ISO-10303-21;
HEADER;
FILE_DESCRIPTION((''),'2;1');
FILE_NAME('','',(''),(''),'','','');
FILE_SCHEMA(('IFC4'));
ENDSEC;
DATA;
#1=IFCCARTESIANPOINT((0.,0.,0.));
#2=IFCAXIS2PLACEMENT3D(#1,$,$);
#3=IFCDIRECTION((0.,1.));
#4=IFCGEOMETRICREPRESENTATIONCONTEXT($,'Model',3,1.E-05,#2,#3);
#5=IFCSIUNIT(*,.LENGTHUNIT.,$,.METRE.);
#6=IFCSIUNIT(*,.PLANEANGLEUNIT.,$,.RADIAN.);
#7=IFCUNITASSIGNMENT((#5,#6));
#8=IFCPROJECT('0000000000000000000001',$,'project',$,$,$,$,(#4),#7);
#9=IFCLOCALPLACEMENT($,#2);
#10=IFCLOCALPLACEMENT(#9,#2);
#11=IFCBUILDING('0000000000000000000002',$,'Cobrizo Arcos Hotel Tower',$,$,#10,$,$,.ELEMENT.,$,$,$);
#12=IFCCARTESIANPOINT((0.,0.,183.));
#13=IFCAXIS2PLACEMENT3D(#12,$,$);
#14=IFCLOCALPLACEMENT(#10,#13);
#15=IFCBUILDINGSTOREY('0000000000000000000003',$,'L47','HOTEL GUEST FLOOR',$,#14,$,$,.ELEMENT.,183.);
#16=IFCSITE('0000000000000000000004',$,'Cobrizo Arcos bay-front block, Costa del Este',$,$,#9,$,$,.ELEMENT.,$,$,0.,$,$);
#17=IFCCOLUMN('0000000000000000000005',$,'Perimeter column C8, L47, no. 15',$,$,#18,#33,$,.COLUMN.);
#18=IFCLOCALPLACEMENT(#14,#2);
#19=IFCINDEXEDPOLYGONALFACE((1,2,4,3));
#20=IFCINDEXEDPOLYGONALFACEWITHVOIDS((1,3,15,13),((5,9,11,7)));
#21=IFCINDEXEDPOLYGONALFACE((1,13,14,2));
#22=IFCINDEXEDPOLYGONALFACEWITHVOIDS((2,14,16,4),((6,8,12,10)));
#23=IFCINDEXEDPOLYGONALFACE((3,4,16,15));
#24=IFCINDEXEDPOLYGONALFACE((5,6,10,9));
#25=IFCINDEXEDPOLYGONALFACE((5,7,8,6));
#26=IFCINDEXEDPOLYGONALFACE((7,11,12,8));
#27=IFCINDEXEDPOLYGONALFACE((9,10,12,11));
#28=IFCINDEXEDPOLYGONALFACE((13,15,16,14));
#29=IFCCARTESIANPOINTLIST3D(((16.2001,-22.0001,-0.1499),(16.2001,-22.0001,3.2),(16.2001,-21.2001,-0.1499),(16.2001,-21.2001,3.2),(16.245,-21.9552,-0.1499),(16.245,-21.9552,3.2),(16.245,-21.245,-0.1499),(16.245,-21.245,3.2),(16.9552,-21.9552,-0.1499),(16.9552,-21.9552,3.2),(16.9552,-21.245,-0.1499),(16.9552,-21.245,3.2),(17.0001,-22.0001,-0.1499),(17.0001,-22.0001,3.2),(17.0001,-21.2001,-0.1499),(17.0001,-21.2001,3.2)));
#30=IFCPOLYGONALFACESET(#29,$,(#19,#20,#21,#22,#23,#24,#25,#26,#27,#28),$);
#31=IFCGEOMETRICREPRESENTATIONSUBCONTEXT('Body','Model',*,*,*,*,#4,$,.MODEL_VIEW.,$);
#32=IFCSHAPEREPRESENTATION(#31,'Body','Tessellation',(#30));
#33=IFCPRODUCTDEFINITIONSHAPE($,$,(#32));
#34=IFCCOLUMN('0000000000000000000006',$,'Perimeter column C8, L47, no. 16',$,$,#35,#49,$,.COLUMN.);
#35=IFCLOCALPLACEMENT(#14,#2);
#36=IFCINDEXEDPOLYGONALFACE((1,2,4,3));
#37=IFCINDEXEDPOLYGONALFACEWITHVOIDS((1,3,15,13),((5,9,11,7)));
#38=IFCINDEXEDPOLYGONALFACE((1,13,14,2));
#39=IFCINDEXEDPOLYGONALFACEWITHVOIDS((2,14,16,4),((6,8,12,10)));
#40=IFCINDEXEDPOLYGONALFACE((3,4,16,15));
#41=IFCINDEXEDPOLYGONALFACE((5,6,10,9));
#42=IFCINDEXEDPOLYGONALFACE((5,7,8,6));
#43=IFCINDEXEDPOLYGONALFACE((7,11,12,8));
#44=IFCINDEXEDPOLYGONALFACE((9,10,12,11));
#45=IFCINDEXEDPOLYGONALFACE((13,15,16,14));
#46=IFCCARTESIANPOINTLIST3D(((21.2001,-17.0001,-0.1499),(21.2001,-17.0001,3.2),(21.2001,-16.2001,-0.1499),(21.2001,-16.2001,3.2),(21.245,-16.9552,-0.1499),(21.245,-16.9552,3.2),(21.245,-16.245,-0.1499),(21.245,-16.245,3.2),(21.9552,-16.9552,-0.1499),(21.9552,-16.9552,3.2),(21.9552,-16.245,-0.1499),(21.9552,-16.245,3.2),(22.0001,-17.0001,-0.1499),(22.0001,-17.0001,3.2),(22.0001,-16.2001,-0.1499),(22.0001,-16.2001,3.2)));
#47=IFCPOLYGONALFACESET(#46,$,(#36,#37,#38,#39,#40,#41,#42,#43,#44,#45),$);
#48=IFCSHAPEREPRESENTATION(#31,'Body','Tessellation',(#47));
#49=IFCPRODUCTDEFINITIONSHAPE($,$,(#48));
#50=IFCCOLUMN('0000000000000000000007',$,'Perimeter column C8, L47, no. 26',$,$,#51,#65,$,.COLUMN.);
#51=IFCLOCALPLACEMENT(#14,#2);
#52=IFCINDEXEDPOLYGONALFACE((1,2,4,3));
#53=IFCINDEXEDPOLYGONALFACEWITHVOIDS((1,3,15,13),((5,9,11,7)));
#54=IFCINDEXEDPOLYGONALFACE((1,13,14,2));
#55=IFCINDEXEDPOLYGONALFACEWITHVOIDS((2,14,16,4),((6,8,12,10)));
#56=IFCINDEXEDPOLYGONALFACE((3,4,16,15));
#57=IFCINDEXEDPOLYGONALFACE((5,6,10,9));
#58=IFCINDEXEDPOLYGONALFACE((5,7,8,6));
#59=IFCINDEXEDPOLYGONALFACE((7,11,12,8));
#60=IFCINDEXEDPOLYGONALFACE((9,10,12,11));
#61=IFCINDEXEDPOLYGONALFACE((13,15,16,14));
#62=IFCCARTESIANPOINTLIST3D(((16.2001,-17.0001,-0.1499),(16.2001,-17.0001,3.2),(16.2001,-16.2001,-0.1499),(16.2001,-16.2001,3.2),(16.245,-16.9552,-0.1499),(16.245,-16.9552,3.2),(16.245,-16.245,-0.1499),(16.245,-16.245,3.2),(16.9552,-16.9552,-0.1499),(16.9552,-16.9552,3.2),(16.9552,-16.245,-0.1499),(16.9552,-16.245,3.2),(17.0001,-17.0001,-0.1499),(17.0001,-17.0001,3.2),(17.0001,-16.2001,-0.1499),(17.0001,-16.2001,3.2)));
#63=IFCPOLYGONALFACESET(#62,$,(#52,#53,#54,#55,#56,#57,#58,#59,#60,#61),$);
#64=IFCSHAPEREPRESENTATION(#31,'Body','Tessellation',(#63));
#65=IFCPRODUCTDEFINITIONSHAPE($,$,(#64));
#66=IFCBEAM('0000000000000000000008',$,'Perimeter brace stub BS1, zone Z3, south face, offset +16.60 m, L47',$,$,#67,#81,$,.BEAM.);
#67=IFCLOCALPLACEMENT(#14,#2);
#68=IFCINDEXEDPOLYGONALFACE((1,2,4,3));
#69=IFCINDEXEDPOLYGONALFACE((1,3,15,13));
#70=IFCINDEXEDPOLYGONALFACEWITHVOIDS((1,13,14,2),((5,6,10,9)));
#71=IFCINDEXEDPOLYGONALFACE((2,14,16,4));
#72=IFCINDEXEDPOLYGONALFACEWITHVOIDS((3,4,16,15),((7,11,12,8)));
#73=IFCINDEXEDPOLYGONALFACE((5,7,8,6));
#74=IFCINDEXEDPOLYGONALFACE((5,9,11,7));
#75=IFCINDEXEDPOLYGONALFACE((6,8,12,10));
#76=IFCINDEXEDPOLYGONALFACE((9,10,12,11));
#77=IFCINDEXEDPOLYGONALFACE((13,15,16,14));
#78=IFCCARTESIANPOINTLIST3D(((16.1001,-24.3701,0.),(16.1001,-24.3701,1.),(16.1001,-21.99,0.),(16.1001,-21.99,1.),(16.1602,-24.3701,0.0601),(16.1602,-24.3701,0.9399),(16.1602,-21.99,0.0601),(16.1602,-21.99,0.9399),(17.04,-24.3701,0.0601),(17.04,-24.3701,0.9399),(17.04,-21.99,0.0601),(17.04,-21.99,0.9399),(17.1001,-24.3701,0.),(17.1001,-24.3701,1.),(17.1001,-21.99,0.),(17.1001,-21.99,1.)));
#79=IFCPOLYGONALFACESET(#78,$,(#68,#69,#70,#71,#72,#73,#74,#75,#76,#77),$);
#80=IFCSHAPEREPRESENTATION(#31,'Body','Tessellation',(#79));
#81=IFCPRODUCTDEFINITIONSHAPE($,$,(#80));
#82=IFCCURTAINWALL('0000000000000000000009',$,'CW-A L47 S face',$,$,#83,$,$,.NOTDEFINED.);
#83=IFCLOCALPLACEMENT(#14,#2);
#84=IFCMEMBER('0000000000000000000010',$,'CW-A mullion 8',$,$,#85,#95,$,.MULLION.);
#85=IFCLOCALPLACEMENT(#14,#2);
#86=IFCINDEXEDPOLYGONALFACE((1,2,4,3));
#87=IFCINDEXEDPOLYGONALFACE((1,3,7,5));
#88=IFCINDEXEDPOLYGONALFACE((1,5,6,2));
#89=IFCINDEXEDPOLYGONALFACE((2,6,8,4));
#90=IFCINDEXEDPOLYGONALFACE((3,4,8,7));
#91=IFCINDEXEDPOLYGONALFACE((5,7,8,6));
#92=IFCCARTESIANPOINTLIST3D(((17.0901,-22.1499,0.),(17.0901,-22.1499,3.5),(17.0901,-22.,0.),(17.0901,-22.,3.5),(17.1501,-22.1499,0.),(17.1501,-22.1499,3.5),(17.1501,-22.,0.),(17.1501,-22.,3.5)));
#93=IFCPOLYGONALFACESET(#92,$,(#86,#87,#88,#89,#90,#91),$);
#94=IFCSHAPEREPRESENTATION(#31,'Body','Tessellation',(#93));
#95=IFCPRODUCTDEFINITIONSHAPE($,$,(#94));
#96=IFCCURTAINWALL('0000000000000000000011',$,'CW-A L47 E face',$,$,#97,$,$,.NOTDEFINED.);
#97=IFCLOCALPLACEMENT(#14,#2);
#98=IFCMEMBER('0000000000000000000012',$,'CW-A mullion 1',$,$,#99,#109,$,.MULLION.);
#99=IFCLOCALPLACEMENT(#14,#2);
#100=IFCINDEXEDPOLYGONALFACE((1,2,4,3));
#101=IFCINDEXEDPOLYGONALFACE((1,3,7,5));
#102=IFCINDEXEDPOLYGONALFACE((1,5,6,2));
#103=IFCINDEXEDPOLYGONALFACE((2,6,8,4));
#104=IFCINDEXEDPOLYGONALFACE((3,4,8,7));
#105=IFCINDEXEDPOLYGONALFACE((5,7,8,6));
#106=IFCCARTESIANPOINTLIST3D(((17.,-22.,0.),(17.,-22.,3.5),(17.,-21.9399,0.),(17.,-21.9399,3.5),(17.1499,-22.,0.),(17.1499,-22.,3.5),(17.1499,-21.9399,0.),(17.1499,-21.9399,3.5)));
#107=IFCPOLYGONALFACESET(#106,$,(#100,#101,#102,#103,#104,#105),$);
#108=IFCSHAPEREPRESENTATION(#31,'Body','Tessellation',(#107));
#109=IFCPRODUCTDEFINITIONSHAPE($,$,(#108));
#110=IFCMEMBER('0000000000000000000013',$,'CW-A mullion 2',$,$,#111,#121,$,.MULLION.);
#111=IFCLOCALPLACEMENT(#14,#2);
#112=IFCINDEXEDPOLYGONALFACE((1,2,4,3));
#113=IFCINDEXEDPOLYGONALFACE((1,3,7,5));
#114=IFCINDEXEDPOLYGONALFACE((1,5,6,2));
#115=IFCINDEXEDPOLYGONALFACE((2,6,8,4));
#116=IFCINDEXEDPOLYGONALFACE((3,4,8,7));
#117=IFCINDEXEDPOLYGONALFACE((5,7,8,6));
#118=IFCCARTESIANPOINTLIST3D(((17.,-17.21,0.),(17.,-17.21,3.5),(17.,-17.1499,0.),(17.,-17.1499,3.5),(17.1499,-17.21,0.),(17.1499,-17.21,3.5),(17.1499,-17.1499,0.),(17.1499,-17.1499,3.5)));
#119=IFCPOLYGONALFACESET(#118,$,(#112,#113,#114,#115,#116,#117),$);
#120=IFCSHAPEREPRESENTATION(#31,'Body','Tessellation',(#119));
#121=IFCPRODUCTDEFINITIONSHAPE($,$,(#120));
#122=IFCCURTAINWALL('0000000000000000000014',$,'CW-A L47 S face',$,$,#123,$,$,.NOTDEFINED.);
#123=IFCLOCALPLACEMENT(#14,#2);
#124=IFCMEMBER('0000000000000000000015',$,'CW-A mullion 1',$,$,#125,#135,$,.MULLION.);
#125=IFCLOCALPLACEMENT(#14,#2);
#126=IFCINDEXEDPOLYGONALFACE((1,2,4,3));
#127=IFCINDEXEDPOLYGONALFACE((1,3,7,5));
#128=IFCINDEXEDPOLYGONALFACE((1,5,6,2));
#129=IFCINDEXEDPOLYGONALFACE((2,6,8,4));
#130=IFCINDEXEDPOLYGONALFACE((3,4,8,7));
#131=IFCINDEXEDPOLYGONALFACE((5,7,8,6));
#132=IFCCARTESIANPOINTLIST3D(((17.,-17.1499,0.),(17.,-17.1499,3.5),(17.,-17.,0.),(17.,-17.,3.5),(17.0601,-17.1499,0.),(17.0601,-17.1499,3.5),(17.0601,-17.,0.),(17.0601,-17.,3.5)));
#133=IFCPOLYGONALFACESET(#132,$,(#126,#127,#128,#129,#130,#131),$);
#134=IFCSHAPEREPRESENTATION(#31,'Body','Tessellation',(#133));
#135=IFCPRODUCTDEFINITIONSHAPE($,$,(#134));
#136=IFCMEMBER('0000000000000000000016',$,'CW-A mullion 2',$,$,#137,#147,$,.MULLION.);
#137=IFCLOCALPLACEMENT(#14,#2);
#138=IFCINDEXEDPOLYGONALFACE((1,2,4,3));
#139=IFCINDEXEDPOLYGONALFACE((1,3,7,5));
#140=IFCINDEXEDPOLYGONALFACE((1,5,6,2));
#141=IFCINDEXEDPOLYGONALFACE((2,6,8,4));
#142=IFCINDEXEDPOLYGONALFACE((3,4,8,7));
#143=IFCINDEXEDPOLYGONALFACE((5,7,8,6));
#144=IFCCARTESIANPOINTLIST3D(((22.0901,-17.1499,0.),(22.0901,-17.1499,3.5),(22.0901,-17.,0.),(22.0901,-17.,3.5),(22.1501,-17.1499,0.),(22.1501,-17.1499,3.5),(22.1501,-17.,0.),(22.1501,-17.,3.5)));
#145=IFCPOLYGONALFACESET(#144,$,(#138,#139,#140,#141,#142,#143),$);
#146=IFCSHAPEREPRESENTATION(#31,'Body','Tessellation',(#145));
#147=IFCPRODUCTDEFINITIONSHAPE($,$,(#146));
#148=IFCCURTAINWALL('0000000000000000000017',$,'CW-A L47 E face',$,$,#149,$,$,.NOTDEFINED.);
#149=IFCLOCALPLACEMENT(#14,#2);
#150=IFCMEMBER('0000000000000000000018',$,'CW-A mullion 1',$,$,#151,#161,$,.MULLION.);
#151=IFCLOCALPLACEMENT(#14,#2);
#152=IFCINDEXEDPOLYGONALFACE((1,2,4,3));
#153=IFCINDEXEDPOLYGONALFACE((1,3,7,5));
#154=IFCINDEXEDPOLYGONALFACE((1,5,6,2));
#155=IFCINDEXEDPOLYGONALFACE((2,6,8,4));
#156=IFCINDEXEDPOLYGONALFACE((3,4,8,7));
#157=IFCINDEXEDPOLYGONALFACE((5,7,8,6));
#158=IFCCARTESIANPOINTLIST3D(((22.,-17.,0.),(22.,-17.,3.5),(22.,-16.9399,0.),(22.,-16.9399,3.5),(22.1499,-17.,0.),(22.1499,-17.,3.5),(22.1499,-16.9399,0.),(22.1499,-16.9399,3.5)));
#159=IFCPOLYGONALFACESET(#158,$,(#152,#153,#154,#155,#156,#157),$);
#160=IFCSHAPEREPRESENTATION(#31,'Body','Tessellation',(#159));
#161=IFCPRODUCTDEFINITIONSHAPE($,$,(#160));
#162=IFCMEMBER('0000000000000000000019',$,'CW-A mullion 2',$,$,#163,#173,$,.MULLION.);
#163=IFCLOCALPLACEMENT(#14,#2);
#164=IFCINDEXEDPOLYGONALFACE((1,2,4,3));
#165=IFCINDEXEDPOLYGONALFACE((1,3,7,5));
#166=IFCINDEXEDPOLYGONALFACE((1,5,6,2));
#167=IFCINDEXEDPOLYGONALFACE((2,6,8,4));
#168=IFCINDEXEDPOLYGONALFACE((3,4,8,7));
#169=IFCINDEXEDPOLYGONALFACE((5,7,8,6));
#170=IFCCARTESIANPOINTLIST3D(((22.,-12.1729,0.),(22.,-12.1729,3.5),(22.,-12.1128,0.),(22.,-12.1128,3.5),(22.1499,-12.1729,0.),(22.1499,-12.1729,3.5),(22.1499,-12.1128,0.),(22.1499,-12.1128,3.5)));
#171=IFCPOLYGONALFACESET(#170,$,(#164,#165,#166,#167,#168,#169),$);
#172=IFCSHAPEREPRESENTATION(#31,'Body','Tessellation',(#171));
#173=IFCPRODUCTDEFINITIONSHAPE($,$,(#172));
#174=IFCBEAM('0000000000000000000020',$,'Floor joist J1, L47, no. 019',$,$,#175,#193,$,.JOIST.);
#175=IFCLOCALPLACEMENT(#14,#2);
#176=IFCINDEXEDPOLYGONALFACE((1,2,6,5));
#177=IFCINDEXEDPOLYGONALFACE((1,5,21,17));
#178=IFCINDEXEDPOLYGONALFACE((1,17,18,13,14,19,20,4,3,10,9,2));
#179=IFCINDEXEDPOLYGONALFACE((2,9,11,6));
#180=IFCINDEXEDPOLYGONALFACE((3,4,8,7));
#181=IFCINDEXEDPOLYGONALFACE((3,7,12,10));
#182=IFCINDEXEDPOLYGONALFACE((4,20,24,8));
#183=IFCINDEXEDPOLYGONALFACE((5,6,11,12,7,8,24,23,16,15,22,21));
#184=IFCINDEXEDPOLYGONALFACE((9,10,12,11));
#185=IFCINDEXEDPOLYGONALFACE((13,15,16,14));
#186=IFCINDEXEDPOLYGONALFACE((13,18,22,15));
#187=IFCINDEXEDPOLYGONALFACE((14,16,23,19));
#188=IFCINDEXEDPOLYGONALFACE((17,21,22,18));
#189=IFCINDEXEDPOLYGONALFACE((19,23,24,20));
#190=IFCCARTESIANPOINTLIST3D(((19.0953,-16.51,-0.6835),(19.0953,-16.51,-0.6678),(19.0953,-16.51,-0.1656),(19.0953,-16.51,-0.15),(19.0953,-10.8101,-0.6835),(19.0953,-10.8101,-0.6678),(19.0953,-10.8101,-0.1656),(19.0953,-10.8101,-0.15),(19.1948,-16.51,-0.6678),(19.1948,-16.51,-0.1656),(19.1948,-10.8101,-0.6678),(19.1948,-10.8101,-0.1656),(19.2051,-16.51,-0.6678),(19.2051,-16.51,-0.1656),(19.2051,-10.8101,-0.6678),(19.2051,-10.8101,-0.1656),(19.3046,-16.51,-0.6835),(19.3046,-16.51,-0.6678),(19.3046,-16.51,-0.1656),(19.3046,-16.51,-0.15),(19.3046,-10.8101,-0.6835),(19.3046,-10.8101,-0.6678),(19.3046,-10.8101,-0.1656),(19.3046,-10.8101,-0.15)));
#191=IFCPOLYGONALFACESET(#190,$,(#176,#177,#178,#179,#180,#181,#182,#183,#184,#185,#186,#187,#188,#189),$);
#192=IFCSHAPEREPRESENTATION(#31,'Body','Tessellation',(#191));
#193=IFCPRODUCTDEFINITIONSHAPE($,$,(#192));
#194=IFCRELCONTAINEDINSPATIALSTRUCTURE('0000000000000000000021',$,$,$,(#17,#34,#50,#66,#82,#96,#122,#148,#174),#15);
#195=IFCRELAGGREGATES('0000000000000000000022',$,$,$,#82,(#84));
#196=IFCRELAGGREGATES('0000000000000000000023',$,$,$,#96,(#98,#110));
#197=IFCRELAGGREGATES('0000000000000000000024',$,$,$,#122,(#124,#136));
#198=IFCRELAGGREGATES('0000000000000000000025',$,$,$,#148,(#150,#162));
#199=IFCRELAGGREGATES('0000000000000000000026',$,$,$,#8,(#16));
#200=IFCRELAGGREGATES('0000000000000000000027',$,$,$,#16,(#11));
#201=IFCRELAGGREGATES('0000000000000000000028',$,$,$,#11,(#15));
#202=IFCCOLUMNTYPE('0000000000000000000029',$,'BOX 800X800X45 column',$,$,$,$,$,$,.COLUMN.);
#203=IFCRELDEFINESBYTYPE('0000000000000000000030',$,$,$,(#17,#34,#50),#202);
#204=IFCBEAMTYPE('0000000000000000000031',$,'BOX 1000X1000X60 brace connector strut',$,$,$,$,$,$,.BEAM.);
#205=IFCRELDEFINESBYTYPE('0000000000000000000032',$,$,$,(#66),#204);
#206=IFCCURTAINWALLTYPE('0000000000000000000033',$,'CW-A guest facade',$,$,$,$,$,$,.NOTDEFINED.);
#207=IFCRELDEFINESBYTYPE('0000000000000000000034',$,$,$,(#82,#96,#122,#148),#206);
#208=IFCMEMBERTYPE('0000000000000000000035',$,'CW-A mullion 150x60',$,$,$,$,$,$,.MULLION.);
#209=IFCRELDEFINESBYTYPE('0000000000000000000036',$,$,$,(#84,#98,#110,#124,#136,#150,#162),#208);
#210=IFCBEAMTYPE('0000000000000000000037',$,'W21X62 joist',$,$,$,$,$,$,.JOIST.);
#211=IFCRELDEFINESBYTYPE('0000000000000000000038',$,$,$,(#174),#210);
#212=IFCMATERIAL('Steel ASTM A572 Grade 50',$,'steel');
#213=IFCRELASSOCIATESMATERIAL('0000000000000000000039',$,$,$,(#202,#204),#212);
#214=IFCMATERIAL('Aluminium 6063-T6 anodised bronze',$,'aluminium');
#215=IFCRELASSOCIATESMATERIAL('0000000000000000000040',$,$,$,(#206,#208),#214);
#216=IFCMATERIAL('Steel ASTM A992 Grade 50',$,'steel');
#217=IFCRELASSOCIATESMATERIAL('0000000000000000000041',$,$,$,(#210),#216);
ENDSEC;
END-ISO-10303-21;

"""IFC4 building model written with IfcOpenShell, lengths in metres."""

from ifc_helpers import new_model, si_unit, direction, frame, origin, origin_2d, place, context, subcontext, project, spatial, rectangle, hollow_rectangle, i_section, extrude, material, material_profile, profile_set, type_object, element, aggregate, save


model = new_model("IFC4")

# Units and contexts
model_context = context("Model", 3, precision=1e-05, world=origin(), true_north=direction((0.0, 1.0)))
body_context = subcontext(model_context, "Body", "Model", "MODEL_VIEW")
ifc_project = project(units=[si_unit("LENGTHUNIT", "METRE"), si_unit("PLANEANGLEUNIT", "RADIAN")], contexts=[model_context])

# Site, building, storey
site_placement = place(None, origin())
site = spatial("IfcSite", under=ifc_project, at=site_placement, Name="Cobrizo Arcos bay-front block, Costa del Este", CompositionType="ELEMENT", RefElevation=0.0)
building_placement = place(site_placement, origin())
building = spatial("IfcBuilding", under=site, at=building_placement, Name="Cobrizo Arcos Hotel Tower", CompositionType="ELEMENT")
storey_placement = place(building_placement, frame((0.0, 0.0, 183.0)))
storey = spatial("IfcBuildingStorey", under=building, at=storey_placement, Name="L47", Description="HOTEL GUEST FLOOR", CompositionType="ELEMENT", Elevation=183.0)

# Columns
ifc_material_1 = material(Name="Steel ASTM A572 Grade 50", Category="steel")
ifc_material_profile_1 = material_profile(ifc_material_1, hollow_rectangle(XDim=0.8, YDim=0.8, WallThickness=0.0449, at=origin_2d()), Name="BOX 800X800X45")
ifc_profile_set_1 = profile_set([ifc_material_profile_1], Name="Steel ASTM A572 Grade 50")
column_type = type_object("IfcColumnType", Name="BOX 800X800X45 column", PredefinedType="COLUMN", material=ifc_profile_set_1)
for number, where, z_axis, x_axis, name in (
    (1, (16.6001, -21.6001, -0.1499), (0.0, 0.0, 1.0), (1.0, 0.0, 0.0), "Perimeter column C8, L47, no. 15"),
    (2, (21.6001, -16.6001, -0.1499), (0.0, 0.0, 1.0), (1.0, 0.0, 0.0), "Perimeter column C8, L47, no. 16"),
    (3, (16.6001, -16.6001, -0.1499), (0.0, 0.0, 1.0), (1.0, 0.0, 0.0), "Perimeter column C8, L47, no. 26"),
):
    element("IfcColumn", number, at=place(storey_placement, frame(where, z_axis=z_axis, x_axis=x_axis)), inside=storey, type_object=column_type, Name=name, PredefinedType="COLUMN", context=body_context, shape_type="SweptSolid", body=[
        extrude(hollow_rectangle(XDim=0.8, YDim=0.8, WallThickness=0.0449, at=origin_2d()), origin(), (0.0, 0.0, 1.0), 3.3499),
    ])

# Beam
ifc_material_profile_2 = material_profile(ifc_material_1, hollow_rectangle(XDim=1.0, YDim=1.0, WallThickness=0.0601, at=origin_2d()), Name="BOX 1000X1000X60")
ifc_profile_set_2 = profile_set([ifc_material_profile_2], Name="Steel ASTM A572 Grade 50")
beam_type_1 = type_object("IfcBeamType", Name="BOX 1000X1000X60 brace connector strut", PredefinedType="BEAM", material=ifc_profile_set_2)
beam_1_placement = place(storey_placement, frame((16.6001, -21.99, 0.5), z_axis=(0.0, -1.0, 0.0), x_axis=(1.0, 0.0, 0.0)))
element("IfcBeam", 4, at=beam_1_placement, inside=storey, type_object=beam_type_1, Name="Perimeter brace stub BS1, zone Z3, south face, offset +16.60 m, L47", PredefinedType="BEAM", context=body_context, shape_type="SweptSolid", body=[
    extrude(hollow_rectangle(XDim=1.0, YDim=1.0, WallThickness=0.0601, at=origin_2d()), origin(), (0.0, 0.0, 1.0), 2.3801),
])

# Curtain wall, member
ifc_material_2 = material(Name="Aluminium 6063-T6 anodised bronze", Category="aluminium")
curtain_wall_type = type_object("IfcCurtainWallType", Name="CW-A guest facade", PredefinedType="NOTDEFINED", material=ifc_material_2)
curtain_wall_1_placement = place(storey_placement, origin())
curtain_wall_1 = element("IfcCurtainWall", 5, at=curtain_wall_1_placement, inside=storey, type_object=curtain_wall_type, Name="CW-A L47 S face", PredefinedType="NOTDEFINED")
ifc_material_profile_3 = material_profile(ifc_material_2, rectangle(XDim=0.1499, YDim=0.0601, at=origin_2d()), Name="CW-A mullion 150x60")
ifc_profile_set_3 = profile_set([ifc_material_profile_3], Name="Aluminium 6063-T6 anodised bronze")
member_type = type_object("IfcMemberType", Name="CW-A mullion 150x60", PredefinedType="MULLION", material=ifc_profile_set_3)
member_1_placement = place(storey_placement, frame((17.1201, -22.075, 0.0), z_axis=(0.0, 0.0, 1.0), x_axis=(0.0, -1.0, 0.0)))
member_1 = element("IfcMember", 6, at=member_1_placement, type_object=member_type, Name="CW-A mullion 8", PredefinedType="MULLION", context=body_context, shape_type="SweptSolid", body=[
    extrude(rectangle(XDim=0.1499, YDim=0.0601, at=origin_2d()), origin(), (0.0, 0.0, 1.0), 3.5),
])

# Curtain walls, members
curtain_wall_2_placement = place(storey_placement, origin())
curtain_wall_2 = element("IfcCurtainWall", 7, at=curtain_wall_2_placement, inside=storey, type_object=curtain_wall_type, Name="CW-A L47 E face", PredefinedType="NOTDEFINED")
member_2_placement = place(storey_placement, frame((17.075, -21.97, 0.0), z_axis=(0.0, 0.0, 1.0), x_axis=(1.0, 0.0, 0.0)))
member_2 = element("IfcMember", 8, at=member_2_placement, type_object=member_type, Name="CW-A mullion 1", PredefinedType="MULLION", context=body_context, shape_type="SweptSolid", body=[
    extrude(rectangle(XDim=0.1499, YDim=0.0601, at=origin_2d()), origin(), (0.0, 0.0, 1.0), 3.5),
])
member_3_placement = place(storey_placement, frame((17.075, -17.1799, 0.0), z_axis=(0.0, 0.0, 1.0), x_axis=(1.0, 0.0, 0.0)))
member_3 = element("IfcMember", 9, at=member_3_placement, type_object=member_type, Name="CW-A mullion 2", PredefinedType="MULLION", context=body_context, shape_type="SweptSolid", body=[
    extrude(rectangle(XDim=0.1499, YDim=0.0601, at=origin_2d()), origin(), (0.0, 0.0, 1.0), 3.5),
])
curtain_wall_3_placement = place(storey_placement, origin())
curtain_wall_3 = element("IfcCurtainWall", 10, at=curtain_wall_3_placement, inside=storey, type_object=curtain_wall_type, Name="CW-A L47 S face", PredefinedType="NOTDEFINED")
member_4_placement = place(storey_placement, frame((17.03, -17.075, 0.0), z_axis=(0.0, 0.0, 1.0), x_axis=(0.0, -1.0, 0.0)))
member_4 = element("IfcMember", 11, at=member_4_placement, type_object=member_type, Name="CW-A mullion 1", PredefinedType="MULLION", context=body_context, shape_type="SweptSolid", body=[
    extrude(rectangle(XDim=0.1499, YDim=0.0601, at=origin_2d()), origin(), (0.0, 0.0, 1.0), 3.5),
])
member_5_placement = place(storey_placement, frame((22.1201, -17.075, 0.0), z_axis=(0.0, 0.0, 1.0), x_axis=(0.0, -1.0, 0.0)))
member_5 = element("IfcMember", 12, at=member_5_placement, type_object=member_type, Name="CW-A mullion 2", PredefinedType="MULLION", context=body_context, shape_type="SweptSolid", body=[
    extrude(rectangle(XDim=0.1499, YDim=0.0601, at=origin_2d()), origin(), (0.0, 0.0, 1.0), 3.5),
])
curtain_wall_4_placement = place(storey_placement, origin())
curtain_wall_4 = element("IfcCurtainWall", 13, at=curtain_wall_4_placement, inside=storey, type_object=curtain_wall_type, Name="CW-A L47 E face", PredefinedType="NOTDEFINED")
member_6_placement = place(storey_placement, frame((22.075, -16.97, 0.0), z_axis=(0.0, 0.0, 1.0), x_axis=(1.0, 0.0, 0.0)))
member_6 = element("IfcMember", 14, at=member_6_placement, type_object=member_type, Name="CW-A mullion 1", PredefinedType="MULLION", context=body_context, shape_type="SweptSolid", body=[
    extrude(rectangle(XDim=0.1499, YDim=0.0601, at=origin_2d()), origin(), (0.0, 0.0, 1.0), 3.5),
])
member_7_placement = place(storey_placement, frame((22.075, -12.1428, 0.0), z_axis=(0.0, 0.0, 1.0), x_axis=(1.0, 0.0, 0.0)))
member_7 = element("IfcMember", 15, at=member_7_placement, type_object=member_type, Name="CW-A mullion 2", PredefinedType="MULLION", context=body_context, shape_type="SweptSolid", body=[
    extrude(rectangle(XDim=0.1499, YDim=0.0601, at=origin_2d()), origin(), (0.0, 0.0, 1.0), 3.5),
])

# Beam
ifc_material_3 = material(Name="Steel ASTM A992 Grade 50", Category="steel")
ifc_material_profile_4 = material_profile(ifc_material_3, i_section(OverallWidth=0.2092, OverallDepth=0.5334, WebThickness=0.0103, FlangeThickness=0.0156, at=origin_2d()), Name="W21X62")
ifc_profile_set_4 = profile_set([ifc_material_profile_4], Name="Steel ASTM A992 Grade 50")
beam_type_2 = type_object("IfcBeamType", Name="W21X62 joist", PredefinedType="JOIST", material=ifc_profile_set_4)
beam_2_placement = place(storey_placement, frame((19.2, -16.51, -0.4167), z_axis=(0.0, 1.0, 0.0), x_axis=(-1.0, 0.0, 0.0)))
element("IfcBeam", 16, at=beam_2_placement, inside=storey, type_object=beam_type_2, Name="Floor joist J1, L47, no. 019", PredefinedType="JOIST", context=body_context, shape_type="SweptSolid", body=[
    extrude(i_section(OverallWidth=0.2092, OverallDepth=0.5334, WebThickness=0.0103, FlangeThickness=0.0156, at=origin_2d()), origin(), (0.0, 0.0, 1.0), 5.7),
])

aggregate(curtain_wall_1, [member_1])
aggregate(curtain_wall_2, [member_2, member_3])
aggregate(curtain_wall_3, [member_4, member_5])
aggregate(curtain_wall_4, [member_6, member_7])

save(model, "model.ifc")
